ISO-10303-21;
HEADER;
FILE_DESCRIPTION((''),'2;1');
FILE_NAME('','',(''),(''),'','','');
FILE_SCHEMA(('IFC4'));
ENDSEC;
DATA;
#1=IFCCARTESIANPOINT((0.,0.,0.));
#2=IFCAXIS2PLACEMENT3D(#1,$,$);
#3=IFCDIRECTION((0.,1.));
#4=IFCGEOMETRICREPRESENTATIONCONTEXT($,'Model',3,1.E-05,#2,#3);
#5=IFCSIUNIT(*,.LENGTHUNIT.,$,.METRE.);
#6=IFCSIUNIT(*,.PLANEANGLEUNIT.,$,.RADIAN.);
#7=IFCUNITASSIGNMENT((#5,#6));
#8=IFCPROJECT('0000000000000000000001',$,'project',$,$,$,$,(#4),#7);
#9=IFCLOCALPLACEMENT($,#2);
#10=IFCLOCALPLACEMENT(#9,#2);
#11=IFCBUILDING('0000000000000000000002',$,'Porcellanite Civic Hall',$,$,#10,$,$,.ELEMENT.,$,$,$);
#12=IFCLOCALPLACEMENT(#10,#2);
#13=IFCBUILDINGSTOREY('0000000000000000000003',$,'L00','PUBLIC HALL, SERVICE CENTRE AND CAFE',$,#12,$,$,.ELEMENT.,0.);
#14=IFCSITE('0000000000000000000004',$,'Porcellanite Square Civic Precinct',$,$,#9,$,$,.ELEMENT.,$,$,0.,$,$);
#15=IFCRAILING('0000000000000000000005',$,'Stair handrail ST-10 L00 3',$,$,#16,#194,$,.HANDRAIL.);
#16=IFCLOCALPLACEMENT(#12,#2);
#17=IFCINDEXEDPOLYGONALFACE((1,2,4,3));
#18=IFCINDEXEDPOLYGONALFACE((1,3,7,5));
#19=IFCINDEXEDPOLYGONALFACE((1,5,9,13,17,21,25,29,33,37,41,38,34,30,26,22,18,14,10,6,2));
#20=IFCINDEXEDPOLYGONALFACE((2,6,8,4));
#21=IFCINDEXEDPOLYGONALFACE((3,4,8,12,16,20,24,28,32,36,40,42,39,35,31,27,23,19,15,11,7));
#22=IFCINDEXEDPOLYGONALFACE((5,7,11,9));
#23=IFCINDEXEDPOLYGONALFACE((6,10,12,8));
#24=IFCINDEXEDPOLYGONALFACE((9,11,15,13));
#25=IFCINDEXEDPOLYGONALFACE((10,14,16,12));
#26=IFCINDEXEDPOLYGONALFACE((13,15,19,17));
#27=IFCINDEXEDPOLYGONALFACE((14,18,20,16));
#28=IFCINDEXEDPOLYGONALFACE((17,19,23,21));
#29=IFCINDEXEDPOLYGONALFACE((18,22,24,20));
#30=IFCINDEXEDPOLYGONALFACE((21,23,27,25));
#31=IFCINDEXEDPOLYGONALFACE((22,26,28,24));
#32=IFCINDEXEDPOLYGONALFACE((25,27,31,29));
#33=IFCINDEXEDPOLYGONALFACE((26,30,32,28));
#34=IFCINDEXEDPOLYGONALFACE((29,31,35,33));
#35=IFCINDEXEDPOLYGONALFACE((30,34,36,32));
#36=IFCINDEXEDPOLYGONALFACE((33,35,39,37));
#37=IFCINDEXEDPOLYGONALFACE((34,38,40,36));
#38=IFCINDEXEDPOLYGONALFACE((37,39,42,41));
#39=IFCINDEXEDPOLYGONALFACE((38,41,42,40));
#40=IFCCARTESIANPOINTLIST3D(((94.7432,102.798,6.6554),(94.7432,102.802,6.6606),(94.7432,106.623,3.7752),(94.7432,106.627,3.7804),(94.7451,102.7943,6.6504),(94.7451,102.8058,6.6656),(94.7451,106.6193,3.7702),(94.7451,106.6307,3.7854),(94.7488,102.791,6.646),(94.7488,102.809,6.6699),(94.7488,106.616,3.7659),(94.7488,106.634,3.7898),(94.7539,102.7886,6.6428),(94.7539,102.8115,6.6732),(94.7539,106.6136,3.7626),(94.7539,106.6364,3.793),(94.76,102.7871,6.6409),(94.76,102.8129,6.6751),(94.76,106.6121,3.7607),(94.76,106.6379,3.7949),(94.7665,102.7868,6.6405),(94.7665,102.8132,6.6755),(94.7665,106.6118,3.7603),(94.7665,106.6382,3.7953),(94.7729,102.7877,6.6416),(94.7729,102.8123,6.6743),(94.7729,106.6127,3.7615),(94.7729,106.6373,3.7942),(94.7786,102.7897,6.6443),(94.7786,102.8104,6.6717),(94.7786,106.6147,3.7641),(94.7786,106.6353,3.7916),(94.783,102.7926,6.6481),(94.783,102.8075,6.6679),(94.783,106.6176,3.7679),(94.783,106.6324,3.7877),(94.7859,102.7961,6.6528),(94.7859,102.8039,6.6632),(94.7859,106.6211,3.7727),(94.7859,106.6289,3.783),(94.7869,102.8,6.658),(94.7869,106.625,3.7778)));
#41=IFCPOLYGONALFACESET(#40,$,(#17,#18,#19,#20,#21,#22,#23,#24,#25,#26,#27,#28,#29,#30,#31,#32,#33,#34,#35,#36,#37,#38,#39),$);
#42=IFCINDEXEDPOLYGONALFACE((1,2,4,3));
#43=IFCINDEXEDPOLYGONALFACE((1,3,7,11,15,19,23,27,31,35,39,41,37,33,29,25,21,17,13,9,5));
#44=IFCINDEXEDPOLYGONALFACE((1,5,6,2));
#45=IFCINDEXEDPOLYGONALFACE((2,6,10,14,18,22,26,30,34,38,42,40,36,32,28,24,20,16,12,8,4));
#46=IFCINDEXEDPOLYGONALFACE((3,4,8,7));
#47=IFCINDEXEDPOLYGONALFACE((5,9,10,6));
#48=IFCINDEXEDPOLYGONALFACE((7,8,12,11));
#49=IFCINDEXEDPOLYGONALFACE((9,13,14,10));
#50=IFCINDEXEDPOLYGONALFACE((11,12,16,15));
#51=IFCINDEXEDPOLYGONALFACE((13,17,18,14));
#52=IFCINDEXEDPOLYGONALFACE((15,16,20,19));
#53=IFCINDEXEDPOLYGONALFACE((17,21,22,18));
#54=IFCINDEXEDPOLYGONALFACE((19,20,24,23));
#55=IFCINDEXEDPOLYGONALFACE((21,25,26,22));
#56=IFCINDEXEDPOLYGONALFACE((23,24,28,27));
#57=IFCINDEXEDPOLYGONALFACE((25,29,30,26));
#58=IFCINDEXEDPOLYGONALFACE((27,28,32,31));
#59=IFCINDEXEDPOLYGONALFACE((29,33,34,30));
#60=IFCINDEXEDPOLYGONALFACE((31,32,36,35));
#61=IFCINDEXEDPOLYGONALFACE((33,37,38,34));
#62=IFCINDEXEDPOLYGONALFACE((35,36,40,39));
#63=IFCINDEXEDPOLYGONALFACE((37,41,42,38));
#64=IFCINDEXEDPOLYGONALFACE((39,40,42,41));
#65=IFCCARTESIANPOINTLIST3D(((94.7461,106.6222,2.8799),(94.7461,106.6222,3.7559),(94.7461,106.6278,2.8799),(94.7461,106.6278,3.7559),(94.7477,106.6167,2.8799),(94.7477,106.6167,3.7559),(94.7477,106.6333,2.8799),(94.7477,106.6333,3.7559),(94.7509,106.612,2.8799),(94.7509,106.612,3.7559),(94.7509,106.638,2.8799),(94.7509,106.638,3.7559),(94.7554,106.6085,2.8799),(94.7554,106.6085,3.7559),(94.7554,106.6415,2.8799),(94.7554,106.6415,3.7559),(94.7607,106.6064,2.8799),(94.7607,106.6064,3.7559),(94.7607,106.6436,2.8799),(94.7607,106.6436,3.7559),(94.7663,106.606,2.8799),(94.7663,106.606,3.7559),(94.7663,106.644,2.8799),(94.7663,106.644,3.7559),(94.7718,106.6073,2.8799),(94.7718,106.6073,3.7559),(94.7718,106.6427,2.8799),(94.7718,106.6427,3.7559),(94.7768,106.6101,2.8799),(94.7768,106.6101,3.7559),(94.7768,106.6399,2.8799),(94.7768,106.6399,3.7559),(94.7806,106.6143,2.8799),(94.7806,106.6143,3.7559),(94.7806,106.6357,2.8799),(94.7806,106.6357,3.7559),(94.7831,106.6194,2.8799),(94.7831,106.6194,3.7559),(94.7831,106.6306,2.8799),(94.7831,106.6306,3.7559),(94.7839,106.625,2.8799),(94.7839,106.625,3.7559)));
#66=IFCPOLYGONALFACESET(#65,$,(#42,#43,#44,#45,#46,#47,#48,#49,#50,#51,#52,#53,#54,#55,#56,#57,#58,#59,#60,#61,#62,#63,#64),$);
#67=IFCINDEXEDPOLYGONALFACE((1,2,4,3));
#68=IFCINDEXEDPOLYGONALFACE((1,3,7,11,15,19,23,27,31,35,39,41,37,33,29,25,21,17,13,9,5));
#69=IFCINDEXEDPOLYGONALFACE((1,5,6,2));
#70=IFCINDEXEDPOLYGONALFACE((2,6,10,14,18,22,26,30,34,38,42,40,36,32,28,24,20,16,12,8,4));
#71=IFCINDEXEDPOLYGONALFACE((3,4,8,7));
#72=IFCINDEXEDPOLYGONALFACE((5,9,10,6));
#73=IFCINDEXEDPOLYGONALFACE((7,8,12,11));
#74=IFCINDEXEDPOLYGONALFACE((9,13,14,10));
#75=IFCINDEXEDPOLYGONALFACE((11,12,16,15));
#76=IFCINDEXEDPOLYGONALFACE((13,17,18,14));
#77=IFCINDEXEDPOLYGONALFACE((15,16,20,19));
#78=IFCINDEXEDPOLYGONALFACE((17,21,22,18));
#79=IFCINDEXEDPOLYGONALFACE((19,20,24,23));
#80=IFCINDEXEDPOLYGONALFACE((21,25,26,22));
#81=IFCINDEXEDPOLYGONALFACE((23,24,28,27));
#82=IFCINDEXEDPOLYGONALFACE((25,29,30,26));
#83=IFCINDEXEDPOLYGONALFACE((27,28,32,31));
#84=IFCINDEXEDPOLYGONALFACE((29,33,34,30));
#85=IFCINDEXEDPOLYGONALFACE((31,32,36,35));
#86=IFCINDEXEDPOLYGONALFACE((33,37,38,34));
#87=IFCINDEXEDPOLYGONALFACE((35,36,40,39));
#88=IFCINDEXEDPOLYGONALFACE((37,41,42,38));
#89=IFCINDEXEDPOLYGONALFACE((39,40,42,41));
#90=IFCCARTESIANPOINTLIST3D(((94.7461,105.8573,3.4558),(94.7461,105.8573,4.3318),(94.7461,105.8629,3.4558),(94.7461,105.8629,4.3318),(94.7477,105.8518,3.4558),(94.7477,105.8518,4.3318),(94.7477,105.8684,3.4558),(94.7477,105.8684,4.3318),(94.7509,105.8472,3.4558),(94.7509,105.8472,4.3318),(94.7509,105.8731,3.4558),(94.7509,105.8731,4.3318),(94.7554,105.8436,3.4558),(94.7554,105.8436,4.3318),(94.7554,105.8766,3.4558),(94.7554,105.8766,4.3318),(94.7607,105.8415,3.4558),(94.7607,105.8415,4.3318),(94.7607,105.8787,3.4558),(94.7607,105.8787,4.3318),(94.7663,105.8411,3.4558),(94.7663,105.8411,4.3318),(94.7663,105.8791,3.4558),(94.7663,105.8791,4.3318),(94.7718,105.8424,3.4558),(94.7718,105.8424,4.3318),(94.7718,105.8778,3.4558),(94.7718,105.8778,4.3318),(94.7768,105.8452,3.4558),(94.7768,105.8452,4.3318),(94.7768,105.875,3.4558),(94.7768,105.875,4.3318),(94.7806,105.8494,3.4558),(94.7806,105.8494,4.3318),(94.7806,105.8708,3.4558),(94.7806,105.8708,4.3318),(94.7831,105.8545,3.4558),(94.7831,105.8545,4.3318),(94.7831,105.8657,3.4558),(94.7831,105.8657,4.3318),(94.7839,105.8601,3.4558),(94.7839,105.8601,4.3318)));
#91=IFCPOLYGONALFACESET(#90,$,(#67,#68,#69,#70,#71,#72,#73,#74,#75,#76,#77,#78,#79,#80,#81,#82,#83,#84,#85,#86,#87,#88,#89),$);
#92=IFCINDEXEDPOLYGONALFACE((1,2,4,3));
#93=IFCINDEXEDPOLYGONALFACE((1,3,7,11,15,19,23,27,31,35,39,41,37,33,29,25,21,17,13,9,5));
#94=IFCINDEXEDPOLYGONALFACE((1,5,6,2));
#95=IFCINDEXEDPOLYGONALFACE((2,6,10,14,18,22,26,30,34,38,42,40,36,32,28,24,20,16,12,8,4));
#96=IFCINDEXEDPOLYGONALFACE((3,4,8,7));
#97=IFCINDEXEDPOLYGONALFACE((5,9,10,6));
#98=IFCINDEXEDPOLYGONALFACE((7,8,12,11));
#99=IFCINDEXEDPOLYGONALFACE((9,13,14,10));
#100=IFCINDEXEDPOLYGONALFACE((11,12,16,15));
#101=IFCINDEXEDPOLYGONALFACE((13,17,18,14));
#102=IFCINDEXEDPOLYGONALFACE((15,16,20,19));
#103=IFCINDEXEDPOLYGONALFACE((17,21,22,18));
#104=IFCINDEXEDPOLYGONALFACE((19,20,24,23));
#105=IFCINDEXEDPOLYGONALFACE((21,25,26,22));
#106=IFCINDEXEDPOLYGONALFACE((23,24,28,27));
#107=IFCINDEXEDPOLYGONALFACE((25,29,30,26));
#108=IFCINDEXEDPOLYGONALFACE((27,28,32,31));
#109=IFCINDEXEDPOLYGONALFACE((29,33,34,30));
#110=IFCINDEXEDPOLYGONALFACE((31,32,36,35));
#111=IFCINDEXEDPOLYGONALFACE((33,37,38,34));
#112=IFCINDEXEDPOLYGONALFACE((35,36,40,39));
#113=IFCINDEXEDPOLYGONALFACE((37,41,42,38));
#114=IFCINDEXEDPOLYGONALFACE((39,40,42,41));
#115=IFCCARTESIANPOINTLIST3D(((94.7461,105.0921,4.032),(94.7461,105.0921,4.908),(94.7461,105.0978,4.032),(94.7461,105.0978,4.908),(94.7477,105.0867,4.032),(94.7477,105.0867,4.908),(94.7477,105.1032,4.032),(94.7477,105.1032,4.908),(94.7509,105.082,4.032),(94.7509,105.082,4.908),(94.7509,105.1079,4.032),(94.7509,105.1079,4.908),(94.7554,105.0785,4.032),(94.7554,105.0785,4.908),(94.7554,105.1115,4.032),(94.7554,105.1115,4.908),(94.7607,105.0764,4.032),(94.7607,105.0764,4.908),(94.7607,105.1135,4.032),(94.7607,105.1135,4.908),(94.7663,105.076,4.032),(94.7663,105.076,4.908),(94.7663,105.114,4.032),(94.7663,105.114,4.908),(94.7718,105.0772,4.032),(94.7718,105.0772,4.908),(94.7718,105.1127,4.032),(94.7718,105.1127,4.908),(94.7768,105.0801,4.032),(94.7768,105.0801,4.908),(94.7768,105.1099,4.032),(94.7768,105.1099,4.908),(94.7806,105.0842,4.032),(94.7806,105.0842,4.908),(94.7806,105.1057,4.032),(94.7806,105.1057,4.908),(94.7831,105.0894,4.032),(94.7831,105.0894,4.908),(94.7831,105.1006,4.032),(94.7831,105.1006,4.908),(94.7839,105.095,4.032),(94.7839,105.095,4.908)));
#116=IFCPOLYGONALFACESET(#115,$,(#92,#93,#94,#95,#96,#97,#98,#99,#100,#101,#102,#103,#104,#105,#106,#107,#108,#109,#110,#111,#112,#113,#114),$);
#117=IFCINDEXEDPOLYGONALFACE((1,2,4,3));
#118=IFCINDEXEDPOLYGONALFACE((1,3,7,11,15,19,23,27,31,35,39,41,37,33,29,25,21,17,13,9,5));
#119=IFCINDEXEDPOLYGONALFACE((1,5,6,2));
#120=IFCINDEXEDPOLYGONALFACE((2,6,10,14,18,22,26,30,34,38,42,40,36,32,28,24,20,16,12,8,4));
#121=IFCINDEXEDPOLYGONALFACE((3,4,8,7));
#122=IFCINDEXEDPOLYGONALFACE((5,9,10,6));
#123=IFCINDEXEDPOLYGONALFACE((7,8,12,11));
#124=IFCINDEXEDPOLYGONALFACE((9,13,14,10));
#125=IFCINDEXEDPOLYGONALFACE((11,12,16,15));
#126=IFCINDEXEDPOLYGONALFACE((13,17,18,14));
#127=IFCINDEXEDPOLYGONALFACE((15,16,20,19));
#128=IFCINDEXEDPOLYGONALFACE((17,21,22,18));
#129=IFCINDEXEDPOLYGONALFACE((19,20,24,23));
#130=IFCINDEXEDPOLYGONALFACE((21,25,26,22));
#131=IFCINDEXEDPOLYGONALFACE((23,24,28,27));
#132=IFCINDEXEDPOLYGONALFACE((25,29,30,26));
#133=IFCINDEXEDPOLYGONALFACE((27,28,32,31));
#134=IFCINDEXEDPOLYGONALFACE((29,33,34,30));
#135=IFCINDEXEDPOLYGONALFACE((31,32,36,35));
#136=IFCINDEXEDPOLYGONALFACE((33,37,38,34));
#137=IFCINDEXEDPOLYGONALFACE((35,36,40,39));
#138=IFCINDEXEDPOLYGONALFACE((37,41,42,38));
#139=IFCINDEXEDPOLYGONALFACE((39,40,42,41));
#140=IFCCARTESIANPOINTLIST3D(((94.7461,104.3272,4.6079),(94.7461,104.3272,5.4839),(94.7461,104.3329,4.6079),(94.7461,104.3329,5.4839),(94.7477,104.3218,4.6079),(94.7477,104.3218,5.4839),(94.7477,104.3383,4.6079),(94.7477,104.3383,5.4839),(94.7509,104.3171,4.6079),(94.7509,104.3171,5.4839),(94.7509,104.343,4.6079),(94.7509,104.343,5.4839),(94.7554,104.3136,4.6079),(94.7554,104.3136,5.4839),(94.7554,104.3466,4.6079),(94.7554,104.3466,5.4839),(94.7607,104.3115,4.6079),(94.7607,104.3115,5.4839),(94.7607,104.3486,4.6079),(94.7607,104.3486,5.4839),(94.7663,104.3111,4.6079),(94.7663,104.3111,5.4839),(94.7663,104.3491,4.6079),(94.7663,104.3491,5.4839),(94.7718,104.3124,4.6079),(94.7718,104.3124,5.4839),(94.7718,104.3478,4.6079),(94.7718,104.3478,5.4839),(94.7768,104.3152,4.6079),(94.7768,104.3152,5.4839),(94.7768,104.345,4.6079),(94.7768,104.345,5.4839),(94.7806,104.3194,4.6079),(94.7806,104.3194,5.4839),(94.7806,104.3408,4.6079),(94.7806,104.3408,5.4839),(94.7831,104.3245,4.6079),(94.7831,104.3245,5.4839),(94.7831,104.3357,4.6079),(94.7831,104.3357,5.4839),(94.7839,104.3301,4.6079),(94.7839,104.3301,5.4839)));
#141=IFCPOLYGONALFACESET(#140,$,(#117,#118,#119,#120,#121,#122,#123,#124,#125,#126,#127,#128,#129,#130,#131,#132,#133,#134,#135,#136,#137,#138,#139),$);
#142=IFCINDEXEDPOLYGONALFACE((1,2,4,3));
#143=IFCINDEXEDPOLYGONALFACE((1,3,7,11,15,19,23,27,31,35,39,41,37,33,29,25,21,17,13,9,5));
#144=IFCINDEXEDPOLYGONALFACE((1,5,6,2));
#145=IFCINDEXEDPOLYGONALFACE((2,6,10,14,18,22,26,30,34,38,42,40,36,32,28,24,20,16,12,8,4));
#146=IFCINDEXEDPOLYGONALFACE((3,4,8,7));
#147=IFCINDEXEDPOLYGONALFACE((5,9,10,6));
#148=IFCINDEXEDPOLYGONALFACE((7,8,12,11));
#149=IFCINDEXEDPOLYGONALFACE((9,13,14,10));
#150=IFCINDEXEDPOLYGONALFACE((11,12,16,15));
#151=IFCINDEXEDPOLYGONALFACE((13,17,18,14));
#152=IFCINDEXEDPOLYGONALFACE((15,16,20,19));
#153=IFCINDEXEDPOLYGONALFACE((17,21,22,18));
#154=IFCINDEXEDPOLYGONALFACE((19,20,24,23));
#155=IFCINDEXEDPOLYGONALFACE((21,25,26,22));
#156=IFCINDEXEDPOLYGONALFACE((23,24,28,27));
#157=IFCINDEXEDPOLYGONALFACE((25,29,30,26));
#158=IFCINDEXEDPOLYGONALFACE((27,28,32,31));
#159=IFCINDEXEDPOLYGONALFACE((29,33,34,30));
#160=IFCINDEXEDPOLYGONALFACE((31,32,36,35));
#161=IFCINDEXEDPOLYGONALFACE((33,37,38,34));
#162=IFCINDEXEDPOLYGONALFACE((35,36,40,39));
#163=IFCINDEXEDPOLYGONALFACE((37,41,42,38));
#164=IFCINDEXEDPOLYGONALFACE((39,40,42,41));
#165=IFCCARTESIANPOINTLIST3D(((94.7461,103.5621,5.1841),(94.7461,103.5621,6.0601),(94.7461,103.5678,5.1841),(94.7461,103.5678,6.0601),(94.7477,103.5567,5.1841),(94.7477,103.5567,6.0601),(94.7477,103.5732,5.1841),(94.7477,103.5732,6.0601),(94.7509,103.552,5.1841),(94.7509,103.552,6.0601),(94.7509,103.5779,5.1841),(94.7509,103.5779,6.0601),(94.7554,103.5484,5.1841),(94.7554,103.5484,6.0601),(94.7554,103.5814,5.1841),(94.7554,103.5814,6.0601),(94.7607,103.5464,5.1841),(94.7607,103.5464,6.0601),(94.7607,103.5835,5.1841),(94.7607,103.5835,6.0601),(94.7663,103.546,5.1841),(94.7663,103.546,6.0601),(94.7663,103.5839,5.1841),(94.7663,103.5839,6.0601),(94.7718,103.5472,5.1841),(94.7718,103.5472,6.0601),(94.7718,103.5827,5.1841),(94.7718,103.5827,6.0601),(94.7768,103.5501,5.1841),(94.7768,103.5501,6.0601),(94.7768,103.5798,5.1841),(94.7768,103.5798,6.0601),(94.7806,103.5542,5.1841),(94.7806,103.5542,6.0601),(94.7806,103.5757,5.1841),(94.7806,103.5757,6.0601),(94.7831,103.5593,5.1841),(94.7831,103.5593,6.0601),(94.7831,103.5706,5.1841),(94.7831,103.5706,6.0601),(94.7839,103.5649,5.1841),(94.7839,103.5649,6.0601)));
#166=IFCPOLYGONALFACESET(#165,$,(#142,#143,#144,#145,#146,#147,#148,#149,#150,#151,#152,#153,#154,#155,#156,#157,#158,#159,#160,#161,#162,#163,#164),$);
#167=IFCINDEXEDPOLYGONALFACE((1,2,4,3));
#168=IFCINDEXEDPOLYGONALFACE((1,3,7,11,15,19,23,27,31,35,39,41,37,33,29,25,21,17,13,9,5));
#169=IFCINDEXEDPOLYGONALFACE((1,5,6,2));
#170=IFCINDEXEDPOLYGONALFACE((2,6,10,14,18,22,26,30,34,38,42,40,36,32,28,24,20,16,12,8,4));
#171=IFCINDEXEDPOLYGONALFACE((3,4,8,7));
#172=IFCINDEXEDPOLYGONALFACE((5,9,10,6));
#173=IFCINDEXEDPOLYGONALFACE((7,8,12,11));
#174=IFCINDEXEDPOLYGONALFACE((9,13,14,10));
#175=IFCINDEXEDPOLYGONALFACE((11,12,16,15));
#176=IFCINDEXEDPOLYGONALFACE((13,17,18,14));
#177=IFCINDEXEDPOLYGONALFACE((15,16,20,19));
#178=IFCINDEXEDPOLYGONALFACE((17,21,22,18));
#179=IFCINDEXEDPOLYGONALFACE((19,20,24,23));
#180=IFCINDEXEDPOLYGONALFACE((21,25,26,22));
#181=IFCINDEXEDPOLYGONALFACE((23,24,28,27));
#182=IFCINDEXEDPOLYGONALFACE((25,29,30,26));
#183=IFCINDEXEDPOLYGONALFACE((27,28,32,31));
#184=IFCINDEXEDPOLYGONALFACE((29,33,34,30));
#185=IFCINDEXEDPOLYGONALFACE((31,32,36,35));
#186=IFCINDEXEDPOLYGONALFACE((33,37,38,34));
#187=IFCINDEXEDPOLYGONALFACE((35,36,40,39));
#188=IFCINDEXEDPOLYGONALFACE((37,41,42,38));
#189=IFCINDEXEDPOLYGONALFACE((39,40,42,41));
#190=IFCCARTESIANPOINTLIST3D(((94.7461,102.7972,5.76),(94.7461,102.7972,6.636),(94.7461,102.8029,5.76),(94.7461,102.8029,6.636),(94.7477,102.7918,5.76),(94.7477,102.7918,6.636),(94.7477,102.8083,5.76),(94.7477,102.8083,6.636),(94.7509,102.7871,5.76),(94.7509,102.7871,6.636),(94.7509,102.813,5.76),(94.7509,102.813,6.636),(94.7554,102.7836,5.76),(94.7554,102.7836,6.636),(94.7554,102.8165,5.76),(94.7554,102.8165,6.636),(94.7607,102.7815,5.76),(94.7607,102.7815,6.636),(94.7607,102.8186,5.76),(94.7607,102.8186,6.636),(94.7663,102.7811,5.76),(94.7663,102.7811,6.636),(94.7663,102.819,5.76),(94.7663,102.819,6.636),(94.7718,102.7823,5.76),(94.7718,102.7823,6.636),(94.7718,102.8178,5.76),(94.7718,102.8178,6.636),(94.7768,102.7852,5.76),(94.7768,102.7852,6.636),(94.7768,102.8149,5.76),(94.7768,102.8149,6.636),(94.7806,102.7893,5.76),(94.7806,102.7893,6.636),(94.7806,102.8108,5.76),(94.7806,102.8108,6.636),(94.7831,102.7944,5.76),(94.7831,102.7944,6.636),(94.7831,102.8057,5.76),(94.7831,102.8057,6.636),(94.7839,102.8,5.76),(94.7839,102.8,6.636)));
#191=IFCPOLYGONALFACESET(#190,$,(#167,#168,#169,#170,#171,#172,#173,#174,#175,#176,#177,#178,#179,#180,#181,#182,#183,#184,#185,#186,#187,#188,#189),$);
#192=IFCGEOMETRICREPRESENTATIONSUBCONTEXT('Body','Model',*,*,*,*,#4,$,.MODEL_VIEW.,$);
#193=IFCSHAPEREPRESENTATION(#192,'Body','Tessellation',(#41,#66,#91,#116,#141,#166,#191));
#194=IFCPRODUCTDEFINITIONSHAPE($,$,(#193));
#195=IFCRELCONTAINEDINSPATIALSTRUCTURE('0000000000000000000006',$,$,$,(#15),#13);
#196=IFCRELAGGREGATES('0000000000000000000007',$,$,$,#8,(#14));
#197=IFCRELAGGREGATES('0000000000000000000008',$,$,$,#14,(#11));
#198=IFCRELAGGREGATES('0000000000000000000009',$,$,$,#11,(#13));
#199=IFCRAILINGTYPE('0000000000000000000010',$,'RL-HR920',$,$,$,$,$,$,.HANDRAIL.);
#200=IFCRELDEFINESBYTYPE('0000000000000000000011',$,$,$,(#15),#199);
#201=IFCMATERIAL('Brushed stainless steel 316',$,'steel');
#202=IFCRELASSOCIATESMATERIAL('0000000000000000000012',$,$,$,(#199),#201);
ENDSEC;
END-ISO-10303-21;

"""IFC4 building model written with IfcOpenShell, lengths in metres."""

from ifc_helpers import new_model, si_unit, direction, frame, origin, origin_2d, place, context, subcontext, project, spatial, circle, extrude, material, type_object, element, save


model = new_model("IFC4")

# Units and contexts
model_context = context("Model", 3, precision=1e-05, world=origin(), true_north=direction((0.0, 1.0)))
body_context = subcontext(model_context, "Body", "Model", "MODEL_VIEW")
ifc_project = project(units=[si_unit("LENGTHUNIT", "METRE"), si_unit("PLANEANGLEUNIT", "RADIAN")], contexts=[model_context])

# Site, building, storey
site_placement = place(None, origin())
site = spatial("IfcSite", under=ifc_project, at=site_placement, Name="Porcellanite Square Civic Precinct", CompositionType="ELEMENT", RefElevation=0.0)
building_placement = place(site_placement, origin())
building = spatial("IfcBuilding", under=site, at=building_placement, Name="Porcellanite Civic Hall", CompositionType="ELEMENT")
storey_placement = place(building_placement, origin())
storey = spatial("IfcBuildingStorey", under=building, at=storey_placement, Name="L00", Description="PUBLIC HALL, SERVICE CENTRE AND CAFE", CompositionType="ELEMENT", Elevation=0.0)

# Railing
ifc_material_1 = material(Name="Brushed stainless steel 316", Category="steel")
railing_type_1 = type_object("IfcRailingType", Name="RL-HR920", PredefinedType="HANDRAIL", material=ifc_material_1)
railing_1_placement = place(storey_placement, frame((94.7649, 106.625, 2.8799)))
element("IfcRailing", 1, at=railing_1_placement, inside=storey, type_object=railing_type_1, Name="Stair handrail ST-10 L00 3", PredefinedType="HANDRAIL", context=body_context, shape_type="SweptSolid", body=[
    extrude(circle(Radius=0.022, at=origin_2d()), frame((0.0, 0.0, 0.8979), z_axis=(0.0, -0.798854, 0.601525), x_axis=(1.0, 0.0, 0.0)), (0.0, 0.0, 1.0), 4.7881),
    extrude(circle(Radius=0.019, at=origin_2d()), origin(), (0.0, 0.0, 1.0), 0.876),
    extrude(circle(Radius=0.019, at=origin_2d()), frame((0.0, -0.7649, 0.5759)), (0.0, 0.0, 1.0), 0.876),
    extrude(circle(Radius=0.019, at=origin_2d()), frame((0.0, -1.53, 1.1521)), (0.0, 0.0, 1.0), 0.876),
    extrude(circle(Radius=0.019, at=origin_2d()), frame((0.0, -2.2949, 1.728)), (0.0, 0.0, 1.0), 0.876),
    extrude(circle(Radius=0.019, at=origin_2d()), frame((0.0, -3.0601, 2.3042)), (0.0, 0.0, 1.0), 0.876),
    extrude(circle(Radius=0.019, at=origin_2d()), frame((0.0, -3.825, 2.8801)), (0.0, 0.0, 1.0), 0.876),
])

save(model, "model.ifc")
